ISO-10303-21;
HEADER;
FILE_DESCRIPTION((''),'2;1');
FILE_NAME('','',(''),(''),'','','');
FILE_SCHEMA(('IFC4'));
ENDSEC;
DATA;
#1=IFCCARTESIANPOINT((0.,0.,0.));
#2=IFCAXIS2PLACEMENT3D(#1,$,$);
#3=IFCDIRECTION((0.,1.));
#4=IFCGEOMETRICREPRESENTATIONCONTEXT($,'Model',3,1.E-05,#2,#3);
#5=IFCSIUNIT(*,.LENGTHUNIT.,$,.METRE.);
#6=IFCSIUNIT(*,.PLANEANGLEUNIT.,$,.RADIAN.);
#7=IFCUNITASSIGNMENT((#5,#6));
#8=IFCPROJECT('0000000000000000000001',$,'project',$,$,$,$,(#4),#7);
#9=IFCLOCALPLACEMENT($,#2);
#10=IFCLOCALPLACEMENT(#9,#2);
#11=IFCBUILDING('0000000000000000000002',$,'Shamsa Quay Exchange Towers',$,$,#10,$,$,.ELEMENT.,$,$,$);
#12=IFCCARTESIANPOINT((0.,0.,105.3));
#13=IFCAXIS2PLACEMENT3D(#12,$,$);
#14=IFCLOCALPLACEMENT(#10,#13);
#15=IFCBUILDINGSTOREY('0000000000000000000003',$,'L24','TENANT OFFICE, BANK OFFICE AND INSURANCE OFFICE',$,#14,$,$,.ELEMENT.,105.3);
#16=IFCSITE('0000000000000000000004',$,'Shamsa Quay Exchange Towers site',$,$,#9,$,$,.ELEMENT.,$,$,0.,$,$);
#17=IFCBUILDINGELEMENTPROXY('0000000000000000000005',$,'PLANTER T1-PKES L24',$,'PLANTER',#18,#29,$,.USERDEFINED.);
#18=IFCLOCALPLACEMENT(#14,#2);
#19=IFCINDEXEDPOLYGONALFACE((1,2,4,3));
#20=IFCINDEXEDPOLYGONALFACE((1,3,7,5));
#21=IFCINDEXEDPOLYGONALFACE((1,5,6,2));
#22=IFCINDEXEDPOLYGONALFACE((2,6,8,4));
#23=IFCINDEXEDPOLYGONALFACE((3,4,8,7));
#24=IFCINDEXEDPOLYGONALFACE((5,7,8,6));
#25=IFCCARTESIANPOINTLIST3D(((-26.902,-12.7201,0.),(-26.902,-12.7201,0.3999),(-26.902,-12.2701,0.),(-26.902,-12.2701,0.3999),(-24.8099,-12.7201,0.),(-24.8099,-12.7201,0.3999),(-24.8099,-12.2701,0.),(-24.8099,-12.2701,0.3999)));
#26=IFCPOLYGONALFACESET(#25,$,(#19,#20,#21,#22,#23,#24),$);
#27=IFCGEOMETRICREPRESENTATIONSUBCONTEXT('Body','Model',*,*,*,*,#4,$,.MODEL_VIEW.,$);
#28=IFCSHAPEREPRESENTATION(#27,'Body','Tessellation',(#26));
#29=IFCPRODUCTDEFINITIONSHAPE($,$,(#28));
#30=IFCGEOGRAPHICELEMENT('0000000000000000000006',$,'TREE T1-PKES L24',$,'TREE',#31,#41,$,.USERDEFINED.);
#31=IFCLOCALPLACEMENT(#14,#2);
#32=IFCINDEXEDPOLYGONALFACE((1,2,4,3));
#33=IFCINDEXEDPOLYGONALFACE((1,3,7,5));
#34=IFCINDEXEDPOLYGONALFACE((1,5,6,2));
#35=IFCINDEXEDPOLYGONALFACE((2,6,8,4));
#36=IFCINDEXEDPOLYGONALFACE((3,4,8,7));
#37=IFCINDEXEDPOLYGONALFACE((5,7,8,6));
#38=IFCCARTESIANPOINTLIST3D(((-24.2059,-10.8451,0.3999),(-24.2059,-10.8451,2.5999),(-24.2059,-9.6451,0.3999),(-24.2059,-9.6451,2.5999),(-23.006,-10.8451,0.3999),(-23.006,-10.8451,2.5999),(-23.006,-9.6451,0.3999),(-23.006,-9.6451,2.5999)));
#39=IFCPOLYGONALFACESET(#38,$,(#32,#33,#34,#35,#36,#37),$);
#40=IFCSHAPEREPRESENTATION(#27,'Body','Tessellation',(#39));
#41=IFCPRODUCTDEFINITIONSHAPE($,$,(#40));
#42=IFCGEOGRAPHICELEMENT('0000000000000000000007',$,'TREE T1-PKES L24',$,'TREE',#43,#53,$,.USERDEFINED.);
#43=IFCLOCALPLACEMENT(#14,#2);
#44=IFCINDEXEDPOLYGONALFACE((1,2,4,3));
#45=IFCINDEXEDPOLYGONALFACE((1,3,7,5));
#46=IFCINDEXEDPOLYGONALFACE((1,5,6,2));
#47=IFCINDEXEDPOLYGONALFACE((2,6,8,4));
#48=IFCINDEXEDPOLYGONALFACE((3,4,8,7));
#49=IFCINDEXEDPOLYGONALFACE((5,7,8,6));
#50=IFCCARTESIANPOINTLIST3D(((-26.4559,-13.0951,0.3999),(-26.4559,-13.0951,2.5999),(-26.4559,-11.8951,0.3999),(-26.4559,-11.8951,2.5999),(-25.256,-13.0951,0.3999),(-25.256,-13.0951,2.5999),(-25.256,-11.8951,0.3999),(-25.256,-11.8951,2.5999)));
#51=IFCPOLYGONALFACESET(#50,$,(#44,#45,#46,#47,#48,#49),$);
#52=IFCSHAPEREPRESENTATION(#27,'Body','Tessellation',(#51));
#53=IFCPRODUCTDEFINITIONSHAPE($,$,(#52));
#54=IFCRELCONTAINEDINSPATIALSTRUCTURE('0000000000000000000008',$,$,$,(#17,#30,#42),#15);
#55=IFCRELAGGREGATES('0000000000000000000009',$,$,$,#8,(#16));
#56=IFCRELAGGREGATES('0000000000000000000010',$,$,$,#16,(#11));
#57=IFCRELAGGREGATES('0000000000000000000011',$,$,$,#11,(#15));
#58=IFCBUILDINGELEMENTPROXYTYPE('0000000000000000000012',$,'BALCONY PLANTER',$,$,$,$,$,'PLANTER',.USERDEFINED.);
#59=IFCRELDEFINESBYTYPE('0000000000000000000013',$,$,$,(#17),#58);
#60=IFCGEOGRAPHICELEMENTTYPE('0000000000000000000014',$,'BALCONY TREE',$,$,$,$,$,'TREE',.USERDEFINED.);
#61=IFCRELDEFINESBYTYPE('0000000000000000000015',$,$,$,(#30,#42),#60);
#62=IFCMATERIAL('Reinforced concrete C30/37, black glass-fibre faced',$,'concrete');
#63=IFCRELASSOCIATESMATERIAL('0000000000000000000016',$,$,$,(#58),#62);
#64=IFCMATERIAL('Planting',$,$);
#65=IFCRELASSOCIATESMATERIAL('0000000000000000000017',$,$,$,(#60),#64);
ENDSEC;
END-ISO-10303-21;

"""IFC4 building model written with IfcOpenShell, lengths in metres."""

from ifc_helpers import new_model, si_unit, direction, frame, origin, origin_2d, place, context, subcontext, project, spatial, rectangle, extrude, material, type_object, element, save


model = new_model("IFC4")

# Units and contexts
model_context = context("Model", 3, precision=1e-05, world=origin(), true_north=direction((0.0, 1.0)))
body_context = subcontext(model_context, "Body", "Model", "MODEL_VIEW")
ifc_project = project(units=[si_unit("LENGTHUNIT", "METRE"), si_unit("PLANEANGLEUNIT", "RADIAN")], contexts=[model_context])

# Site, building, storey
site_placement = place(None, origin())
site = spatial("IfcSite", under=ifc_project, at=site_placement, Name="Shamsa Quay Exchange Towers site", CompositionType="ELEMENT", RefElevation=0.0)
building_placement = place(site_placement, origin())
building = spatial("IfcBuilding", under=site, at=building_placement, Name="Shamsa Quay Exchange Towers", CompositionType="ELEMENT")
storey_placement = place(building_placement, frame((0.0, 0.0, 105.3)))
storey = spatial("IfcBuildingStorey", under=building, at=storey_placement, Name="L24", Description="TENANT OFFICE, BANK OFFICE AND INSURANCE OFFICE", CompositionType="ELEMENT", Elevation=105.3)

# Building element proxy
ifc_material_1 = material(Name="Reinforced concrete C30/37, black glass-fibre faced", Category="concrete")
building_element_proxy_type = type_object("IfcBuildingElementProxyType", Name="BALCONY PLANTER", ElementType="PLANTER", PredefinedType="USERDEFINED", material=ifc_material_1)
for number, where, name in (
    (1, (-25.856, -12.4951, 0.0), "PLANTER T1-PKES L24"),
):
    element("IfcBuildingElementProxy", number, at=place(storey_placement, frame(where)), inside=storey, type_object=building_element_proxy_type, Name=name, ObjectType="PLANTER", PredefinedType="USERDEFINED", context=body_context, shape_type="SweptSolid", body=[
        extrude(rectangle(XDim=2.092, YDim=0.45, at=origin_2d()), origin(), (0.0, 0.0, 1.0), 0.3999),
    ])

# Geographic elements
ifc_material_2 = material(Name="Planting")
geographic_element_type = type_object("IfcGeographicElementType", Name="BALCONY TREE", ElementType="TREE", PredefinedType="USERDEFINED", material=ifc_material_2)
for number, where, name in (
    (2, (-23.606, -10.2451, 0.3999), "TREE T1-PKES L24"),
    (3, (-25.856, -12.4951, 0.3999), "TREE T1-PKES L24"),
):
    element("IfcGeographicElement", number, at=place(storey_placement, frame(where)), inside=storey, type_object=geographic_element_type, Name=name, ObjectType="TREE", PredefinedType="USERDEFINED", context=body_context, shape_type="SweptSolid", body=[
        extrude(rectangle(XDim=1.2, YDim=1.2, at=origin_2d()), origin(), (0.0, 0.0, 1.0), 2.2),
    ])

save(model, "model.ifc")
